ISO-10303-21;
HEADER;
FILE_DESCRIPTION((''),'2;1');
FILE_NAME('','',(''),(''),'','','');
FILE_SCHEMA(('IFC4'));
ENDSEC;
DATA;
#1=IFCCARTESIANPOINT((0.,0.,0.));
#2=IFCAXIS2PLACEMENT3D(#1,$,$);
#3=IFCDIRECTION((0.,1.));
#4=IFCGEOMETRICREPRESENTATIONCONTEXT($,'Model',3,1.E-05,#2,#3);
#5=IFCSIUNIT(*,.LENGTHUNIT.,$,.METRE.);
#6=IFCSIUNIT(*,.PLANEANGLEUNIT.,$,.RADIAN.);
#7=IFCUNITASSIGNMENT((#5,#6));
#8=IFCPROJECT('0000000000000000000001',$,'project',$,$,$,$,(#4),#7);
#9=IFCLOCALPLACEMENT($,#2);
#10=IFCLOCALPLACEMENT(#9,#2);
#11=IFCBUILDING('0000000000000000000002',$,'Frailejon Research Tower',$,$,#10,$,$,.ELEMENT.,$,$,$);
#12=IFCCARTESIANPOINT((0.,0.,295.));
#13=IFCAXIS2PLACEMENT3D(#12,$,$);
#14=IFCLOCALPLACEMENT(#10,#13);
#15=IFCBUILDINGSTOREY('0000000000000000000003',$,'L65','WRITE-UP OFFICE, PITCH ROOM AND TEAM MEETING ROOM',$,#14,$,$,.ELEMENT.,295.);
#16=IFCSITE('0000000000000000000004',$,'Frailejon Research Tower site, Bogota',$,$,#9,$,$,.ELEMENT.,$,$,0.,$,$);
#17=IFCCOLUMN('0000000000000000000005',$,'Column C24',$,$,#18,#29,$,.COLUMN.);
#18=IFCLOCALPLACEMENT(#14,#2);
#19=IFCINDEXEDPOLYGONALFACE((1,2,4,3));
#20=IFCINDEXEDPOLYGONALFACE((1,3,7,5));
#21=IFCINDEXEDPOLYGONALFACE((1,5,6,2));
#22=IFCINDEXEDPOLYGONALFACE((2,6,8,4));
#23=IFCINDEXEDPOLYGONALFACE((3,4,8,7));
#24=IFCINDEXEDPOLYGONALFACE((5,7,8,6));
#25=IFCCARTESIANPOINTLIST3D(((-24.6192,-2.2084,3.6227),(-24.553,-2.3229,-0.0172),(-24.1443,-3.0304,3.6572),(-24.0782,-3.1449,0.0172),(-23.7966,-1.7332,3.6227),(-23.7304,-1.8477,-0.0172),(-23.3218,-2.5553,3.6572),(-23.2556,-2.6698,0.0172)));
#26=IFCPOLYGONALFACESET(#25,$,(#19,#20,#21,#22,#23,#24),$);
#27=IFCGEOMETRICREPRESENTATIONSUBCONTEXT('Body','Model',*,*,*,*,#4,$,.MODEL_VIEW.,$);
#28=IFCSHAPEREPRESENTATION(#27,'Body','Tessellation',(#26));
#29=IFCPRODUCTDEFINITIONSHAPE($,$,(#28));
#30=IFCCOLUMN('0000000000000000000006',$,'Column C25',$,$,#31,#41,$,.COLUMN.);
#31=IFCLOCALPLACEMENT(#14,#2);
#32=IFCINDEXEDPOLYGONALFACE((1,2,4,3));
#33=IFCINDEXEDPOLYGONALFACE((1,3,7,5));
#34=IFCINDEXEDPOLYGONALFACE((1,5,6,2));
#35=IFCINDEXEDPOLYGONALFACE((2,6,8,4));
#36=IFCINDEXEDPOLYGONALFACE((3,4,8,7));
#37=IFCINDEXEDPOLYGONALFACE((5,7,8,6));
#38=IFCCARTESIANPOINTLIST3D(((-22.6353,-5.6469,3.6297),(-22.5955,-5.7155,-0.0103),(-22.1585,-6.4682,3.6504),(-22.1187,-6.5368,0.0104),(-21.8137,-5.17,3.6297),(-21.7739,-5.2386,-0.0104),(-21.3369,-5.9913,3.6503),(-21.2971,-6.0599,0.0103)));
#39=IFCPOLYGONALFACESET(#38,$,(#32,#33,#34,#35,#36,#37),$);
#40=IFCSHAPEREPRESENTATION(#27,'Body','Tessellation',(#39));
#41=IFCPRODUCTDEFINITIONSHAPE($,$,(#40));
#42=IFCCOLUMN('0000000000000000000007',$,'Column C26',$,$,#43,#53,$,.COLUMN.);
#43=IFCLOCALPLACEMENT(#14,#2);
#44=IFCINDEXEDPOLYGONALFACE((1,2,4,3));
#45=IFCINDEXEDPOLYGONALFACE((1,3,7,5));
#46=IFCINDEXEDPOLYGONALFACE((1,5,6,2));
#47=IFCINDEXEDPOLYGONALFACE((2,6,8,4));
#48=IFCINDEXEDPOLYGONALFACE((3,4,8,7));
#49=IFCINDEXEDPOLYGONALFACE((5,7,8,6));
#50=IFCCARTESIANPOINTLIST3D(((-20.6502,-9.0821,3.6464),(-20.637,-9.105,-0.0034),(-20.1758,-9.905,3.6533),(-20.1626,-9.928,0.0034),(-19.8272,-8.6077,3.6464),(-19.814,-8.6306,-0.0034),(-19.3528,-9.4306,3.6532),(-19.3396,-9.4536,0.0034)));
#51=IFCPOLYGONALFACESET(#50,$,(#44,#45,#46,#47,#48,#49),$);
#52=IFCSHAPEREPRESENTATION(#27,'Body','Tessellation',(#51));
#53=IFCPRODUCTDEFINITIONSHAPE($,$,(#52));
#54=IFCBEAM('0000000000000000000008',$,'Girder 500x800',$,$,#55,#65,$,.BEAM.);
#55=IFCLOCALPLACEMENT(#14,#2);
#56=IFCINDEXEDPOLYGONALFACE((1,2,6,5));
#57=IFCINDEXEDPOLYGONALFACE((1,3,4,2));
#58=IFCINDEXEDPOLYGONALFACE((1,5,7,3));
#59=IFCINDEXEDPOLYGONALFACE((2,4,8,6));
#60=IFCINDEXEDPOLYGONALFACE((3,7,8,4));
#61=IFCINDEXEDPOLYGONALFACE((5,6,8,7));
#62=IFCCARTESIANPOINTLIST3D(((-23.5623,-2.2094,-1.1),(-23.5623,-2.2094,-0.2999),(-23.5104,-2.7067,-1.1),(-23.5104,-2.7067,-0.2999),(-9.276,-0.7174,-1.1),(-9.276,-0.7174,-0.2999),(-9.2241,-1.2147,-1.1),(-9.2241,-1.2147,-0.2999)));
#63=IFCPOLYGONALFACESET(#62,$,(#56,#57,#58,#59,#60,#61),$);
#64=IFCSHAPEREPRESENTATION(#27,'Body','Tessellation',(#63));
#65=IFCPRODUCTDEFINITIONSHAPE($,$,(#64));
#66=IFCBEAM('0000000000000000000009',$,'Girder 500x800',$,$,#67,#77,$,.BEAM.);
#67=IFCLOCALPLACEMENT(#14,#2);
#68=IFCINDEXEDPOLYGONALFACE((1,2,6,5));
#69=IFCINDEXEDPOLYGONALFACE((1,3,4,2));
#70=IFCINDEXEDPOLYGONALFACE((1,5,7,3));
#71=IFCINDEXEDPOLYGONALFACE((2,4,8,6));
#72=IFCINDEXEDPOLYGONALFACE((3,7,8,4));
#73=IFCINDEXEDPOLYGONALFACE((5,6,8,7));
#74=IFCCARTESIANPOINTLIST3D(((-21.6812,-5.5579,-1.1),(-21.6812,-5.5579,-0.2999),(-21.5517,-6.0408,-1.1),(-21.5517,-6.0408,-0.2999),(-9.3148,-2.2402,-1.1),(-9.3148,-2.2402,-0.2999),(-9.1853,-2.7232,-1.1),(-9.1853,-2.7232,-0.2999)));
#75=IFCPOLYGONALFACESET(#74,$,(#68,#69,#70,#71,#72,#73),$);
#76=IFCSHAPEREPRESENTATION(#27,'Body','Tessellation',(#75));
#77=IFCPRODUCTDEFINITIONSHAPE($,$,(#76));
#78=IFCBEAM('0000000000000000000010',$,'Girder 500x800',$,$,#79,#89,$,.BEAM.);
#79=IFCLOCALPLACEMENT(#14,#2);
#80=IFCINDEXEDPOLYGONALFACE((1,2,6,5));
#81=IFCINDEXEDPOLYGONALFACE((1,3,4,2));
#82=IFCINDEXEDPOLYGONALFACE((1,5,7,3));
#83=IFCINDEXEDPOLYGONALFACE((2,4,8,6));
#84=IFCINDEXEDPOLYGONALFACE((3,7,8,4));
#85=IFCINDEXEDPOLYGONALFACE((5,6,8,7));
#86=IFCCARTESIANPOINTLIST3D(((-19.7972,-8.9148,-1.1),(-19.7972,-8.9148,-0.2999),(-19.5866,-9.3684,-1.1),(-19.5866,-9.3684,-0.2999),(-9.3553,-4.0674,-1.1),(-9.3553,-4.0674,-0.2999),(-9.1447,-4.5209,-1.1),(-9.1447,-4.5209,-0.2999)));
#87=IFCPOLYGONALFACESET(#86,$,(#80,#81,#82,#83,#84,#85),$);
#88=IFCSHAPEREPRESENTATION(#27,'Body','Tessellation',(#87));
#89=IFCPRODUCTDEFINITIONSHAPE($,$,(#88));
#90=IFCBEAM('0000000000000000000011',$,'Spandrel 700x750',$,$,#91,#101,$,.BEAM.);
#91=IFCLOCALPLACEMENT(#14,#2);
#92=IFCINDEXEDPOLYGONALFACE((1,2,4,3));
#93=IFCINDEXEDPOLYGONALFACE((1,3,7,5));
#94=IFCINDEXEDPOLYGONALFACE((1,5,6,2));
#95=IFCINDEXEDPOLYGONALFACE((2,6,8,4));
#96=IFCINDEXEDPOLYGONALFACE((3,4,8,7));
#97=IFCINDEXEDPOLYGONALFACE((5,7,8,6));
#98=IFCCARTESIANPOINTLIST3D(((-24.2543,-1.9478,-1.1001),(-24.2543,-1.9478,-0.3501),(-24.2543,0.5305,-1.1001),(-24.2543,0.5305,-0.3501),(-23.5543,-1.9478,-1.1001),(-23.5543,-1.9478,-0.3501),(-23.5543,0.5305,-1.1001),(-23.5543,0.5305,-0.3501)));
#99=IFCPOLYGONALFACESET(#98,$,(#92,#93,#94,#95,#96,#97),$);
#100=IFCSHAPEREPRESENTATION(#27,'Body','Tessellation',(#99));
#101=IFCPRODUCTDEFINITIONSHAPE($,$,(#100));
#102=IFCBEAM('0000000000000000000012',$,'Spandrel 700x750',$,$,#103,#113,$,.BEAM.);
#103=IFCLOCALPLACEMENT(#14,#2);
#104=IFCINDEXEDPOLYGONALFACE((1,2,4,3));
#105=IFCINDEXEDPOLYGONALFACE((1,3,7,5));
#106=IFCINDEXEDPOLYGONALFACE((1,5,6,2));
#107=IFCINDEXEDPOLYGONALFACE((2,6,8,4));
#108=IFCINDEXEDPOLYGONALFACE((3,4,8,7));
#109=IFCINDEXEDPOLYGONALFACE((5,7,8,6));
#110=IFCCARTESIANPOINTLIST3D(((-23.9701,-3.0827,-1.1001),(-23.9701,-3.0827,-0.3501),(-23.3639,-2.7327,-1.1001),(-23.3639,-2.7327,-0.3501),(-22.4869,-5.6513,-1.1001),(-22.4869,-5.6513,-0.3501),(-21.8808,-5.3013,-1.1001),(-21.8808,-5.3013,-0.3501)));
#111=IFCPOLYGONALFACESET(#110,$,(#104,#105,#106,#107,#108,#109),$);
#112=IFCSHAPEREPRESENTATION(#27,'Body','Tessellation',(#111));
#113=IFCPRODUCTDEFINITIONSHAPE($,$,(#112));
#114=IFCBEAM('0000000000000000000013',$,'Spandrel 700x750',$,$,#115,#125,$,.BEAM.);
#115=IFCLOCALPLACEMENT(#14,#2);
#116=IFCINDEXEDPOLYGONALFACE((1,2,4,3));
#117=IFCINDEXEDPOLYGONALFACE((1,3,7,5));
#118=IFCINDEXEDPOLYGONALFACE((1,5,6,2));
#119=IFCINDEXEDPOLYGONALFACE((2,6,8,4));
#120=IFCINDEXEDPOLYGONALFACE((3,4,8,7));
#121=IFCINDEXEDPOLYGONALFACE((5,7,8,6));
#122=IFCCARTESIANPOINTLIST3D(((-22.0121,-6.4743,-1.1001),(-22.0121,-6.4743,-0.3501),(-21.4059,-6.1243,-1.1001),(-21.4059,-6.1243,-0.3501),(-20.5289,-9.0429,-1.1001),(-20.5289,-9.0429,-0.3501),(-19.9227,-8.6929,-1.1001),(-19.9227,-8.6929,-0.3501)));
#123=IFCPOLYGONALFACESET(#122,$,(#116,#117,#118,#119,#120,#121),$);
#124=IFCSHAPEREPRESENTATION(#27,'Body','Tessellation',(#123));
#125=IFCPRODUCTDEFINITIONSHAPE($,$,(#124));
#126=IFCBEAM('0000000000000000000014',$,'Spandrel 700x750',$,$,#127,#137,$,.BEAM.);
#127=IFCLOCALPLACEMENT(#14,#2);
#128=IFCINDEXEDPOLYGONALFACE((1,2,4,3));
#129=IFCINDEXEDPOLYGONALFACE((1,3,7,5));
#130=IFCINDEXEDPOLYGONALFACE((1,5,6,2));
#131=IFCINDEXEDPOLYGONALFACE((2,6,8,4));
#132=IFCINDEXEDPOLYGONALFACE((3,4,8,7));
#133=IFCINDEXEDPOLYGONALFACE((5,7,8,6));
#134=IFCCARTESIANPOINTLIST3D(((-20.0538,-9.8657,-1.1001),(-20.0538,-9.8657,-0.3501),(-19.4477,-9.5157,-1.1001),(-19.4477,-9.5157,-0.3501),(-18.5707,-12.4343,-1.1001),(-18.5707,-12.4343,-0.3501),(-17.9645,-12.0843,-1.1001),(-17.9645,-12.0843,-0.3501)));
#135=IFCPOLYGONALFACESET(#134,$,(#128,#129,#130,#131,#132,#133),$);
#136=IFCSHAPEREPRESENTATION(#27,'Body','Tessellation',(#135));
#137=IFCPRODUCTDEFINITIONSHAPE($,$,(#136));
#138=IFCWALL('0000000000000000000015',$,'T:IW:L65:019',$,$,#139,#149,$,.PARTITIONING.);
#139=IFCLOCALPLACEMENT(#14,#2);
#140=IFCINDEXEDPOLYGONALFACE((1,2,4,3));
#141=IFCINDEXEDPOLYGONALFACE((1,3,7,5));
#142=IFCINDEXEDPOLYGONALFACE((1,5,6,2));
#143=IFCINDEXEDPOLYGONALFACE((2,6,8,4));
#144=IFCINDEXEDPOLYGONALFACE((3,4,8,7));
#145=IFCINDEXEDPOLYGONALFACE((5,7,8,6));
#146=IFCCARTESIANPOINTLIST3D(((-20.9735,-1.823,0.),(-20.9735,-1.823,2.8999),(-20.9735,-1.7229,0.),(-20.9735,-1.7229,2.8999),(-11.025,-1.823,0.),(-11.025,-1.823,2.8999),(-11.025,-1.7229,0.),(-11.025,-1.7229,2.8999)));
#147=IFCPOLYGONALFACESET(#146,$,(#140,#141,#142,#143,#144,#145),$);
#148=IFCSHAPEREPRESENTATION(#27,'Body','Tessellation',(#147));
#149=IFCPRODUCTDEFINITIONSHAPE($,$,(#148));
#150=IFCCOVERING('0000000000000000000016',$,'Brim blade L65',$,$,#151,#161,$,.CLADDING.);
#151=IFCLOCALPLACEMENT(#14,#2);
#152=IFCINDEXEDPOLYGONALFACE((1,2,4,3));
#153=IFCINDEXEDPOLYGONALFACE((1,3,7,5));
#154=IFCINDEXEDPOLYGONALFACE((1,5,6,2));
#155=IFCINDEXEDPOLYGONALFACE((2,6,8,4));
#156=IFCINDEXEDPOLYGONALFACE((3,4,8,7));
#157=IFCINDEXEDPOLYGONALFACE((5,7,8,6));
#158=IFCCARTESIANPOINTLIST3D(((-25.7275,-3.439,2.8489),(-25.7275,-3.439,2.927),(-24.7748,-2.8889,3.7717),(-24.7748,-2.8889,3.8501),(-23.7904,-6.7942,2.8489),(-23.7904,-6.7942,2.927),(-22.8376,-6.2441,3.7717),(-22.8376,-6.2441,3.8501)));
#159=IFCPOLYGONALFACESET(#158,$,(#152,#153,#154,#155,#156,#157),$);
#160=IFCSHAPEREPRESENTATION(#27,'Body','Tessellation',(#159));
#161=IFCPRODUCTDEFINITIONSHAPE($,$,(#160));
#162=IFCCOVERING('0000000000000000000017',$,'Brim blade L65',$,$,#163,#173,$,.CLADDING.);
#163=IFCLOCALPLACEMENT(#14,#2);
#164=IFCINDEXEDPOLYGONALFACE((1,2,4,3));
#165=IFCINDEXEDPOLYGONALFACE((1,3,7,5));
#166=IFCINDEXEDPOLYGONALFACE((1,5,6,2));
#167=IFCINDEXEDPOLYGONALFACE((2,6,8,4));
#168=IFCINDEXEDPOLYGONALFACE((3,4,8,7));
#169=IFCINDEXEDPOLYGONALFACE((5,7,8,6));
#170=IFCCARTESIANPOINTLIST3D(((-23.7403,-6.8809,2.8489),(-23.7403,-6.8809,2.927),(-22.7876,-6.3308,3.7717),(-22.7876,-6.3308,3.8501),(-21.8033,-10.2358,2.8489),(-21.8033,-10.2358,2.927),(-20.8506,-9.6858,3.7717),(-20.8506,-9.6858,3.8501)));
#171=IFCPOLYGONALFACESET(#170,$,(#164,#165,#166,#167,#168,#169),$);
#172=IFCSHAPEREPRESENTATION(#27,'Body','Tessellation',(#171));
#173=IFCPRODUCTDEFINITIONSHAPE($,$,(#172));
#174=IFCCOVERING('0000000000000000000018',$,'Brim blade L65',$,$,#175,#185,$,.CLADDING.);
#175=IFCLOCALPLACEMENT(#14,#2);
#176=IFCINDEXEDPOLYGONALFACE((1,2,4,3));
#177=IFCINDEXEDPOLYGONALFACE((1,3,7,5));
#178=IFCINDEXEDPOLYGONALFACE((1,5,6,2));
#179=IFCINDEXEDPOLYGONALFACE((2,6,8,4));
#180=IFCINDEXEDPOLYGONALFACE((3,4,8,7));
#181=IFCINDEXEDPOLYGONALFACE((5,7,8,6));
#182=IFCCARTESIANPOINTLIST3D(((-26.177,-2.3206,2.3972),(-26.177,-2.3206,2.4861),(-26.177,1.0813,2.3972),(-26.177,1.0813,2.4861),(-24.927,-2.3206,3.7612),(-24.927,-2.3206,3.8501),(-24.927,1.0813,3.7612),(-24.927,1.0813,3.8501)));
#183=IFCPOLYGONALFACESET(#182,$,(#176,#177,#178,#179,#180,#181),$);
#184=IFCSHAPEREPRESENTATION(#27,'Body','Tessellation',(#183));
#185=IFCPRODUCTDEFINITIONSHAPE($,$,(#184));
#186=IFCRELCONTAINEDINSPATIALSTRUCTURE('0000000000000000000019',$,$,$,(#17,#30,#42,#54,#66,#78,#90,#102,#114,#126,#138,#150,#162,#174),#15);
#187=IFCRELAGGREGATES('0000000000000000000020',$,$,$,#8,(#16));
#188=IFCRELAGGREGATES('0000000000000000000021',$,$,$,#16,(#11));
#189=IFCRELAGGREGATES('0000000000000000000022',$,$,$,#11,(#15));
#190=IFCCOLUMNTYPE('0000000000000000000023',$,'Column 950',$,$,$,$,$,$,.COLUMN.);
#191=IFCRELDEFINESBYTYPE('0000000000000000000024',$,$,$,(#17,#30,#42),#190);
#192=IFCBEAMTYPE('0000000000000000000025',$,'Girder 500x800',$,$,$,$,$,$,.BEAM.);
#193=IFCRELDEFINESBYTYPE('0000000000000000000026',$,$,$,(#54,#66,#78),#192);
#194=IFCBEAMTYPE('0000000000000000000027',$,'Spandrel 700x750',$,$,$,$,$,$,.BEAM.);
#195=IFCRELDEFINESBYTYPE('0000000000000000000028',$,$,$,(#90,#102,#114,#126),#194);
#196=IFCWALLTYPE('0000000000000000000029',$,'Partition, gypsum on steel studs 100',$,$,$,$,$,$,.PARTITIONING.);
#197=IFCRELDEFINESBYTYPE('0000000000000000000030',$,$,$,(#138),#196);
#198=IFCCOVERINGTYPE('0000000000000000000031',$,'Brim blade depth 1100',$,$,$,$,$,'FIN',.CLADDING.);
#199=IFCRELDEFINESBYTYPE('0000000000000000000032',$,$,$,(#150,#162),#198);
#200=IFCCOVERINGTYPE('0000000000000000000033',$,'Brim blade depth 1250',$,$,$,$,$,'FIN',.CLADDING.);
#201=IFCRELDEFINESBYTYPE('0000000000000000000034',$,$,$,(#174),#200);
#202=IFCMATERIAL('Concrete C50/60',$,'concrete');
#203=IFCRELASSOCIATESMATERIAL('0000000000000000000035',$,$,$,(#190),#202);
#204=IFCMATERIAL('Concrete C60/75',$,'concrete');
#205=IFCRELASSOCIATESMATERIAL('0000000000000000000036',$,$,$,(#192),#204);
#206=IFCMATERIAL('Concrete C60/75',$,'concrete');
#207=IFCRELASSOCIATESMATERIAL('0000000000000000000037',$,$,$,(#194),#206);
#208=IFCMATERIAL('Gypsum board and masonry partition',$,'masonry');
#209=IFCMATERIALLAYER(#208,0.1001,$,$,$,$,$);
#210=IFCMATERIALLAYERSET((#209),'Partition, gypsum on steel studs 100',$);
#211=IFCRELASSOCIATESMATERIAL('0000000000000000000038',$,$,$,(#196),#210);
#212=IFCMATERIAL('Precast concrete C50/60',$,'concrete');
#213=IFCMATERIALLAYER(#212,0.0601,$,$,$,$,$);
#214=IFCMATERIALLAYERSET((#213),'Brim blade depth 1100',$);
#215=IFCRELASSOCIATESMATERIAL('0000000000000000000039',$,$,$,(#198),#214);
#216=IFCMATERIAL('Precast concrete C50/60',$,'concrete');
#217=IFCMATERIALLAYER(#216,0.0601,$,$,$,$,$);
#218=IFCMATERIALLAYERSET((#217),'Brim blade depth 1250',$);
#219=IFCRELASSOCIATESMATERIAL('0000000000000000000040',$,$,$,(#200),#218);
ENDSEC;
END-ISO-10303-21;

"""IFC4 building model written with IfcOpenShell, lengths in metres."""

from ifc_helpers import new_model, si_unit, direction, frame, frame_2d, origin, origin_2d, place, context, subcontext, project, spatial, polyline, rectangle, outline, extrude, material, layer, layer_set, material_profile, profile_set, type_object, element, save


model = new_model("IFC4")

# Units and contexts
model_context = context("Model", 3, precision=1e-05, world=origin(), true_north=direction((0.0, 1.0)))
body_context = subcontext(model_context, "Body", "Model", "MODEL_VIEW")
ifc_project = project(units=[si_unit("LENGTHUNIT", "METRE"), si_unit("PLANEANGLEUNIT", "RADIAN")], contexts=[model_context])

# Site, building, storey
site_placement = place(None, origin())
site = spatial("IfcSite", under=ifc_project, at=site_placement, Name="Frailejon Research Tower site, Bogota", CompositionType="ELEMENT", RefElevation=0.0)
building_placement = place(site_placement, origin())
building = spatial("IfcBuilding", under=site, at=building_placement, Name="Frailejon Research Tower", CompositionType="ELEMENT")
storey_placement = place(building_placement, frame((0.0, 0.0, 295.0)))
storey = spatial("IfcBuildingStorey", under=building, at=storey_placement, Name="L65", Description="WRITE-UP OFFICE, PITCH ROOM AND TEAM MEETING ROOM", CompositionType="ELEMENT", Elevation=295.0)

# Columns
ifc_material_1 = material(Name="Concrete C50/60", Category="concrete")
ifc_material_profile_1 = material_profile(ifc_material_1, rectangle(XDim=0.95, YDim=0.95, at=origin_2d()), Name="Column 950")
ifc_profile_set_1 = profile_set([ifc_material_profile_1], Name="Concrete C50/60")
column_type = type_object("IfcColumnType", Name="Column 950", PredefinedType="COLUMN", material=ifc_profile_set_1)
column_1_placement = place(storey_placement, frame((-23.9043, -2.4963, 0.0), z_axis=(-0.018165, 0.031437, 0.999341), x_axis=(0.499838, -0.865358, 0.036308)))
element("IfcColumn", 1, at=column_1_placement, inside=storey, type_object=column_type, Name="Column C24", PredefinedType="COLUMN", context=body_context, shape_type="SweptSolid", body=[
    extrude(rectangle(XDim=0.95, YDim=0.95, at=origin_2d()), origin(), (0.0, 0.0, 1.0), 3.6423),
])
column_2_placement = place(storey_placement, frame((-21.9463, -5.8877, 0.0), z_axis=(-0.01093, 0.018843, 0.999763), x_axis=(0.501923, -0.864638, 0.021784)))
element("IfcColumn", 2, at=column_2_placement, inside=storey, type_object=column_type, Name="Column C25", PredefinedType="COLUMN", context=body_context, shape_type="SweptSolid", body=[
    extrude(rectangle(XDim=0.95, YDim=0.95, at=origin_2d()), origin(), (0.0, 0.0, 1.0), 3.6409),
])
column_3_placement = place(storey_placement, frame((-19.9883, -9.2793, 0.0), z_axis=(-0.003612, 0.006287, 0.999974), x_axis=(0.499382, -0.866352, 0.007251)))
element("IfcColumn", 3, at=column_3_placement, inside=storey, type_object=column_type, Name="Column C26", PredefinedType="COLUMN", context=body_context, shape_type="SweptSolid", body=[
    extrude(rectangle(XDim=0.95, YDim=0.95, at=origin_2d()), origin(), (0.0, 0.0, 1.0), 3.6499),
])

# Beams
ifc_material_2 = material(Name="Concrete C60/75", Category="concrete")
ifc_material_profile_2 = material_profile(ifc_material_2, rectangle(XDim=0.5, YDim=0.8, at=origin_2d()), Name="Girder 500x800")
ifc_profile_set_2 = profile_set([ifc_material_profile_2], Name="Concrete C60/75")
beam_type_1 = type_object("IfcBeamType", Name="Girder 500x800", PredefinedType="BEAM", material=ifc_profile_set_2)
beam_1_placement = place(storey_placement, frame((-23.5364, -2.458, -0.7), z_axis=(0.994591, 0.103866, 0.0), x_axis=(-0.103866, 0.994591, 0.0)))
element("IfcBeam", 4, at=beam_1_placement, inside=storey, type_object=beam_type_1, Name="Girder 500x800", PredefinedType="BEAM", context=body_context, shape_type="SweptSolid", body=[
    extrude(rectangle(XDim=0.5, YDim=0.8, at=origin_2d()), origin(), (0.0, 0.0, 1.0), 14.364),
])
beam_2_placement = place(storey_placement, frame((-21.6165, -5.7993, -0.7), z_axis=(0.965847, 0.259114, 0.0), x_axis=(-0.259114, 0.965847, 0.0)))
element("IfcBeam", 5, at=beam_2_placement, inside=storey, type_object=beam_type_1, Name="Girder 500x800", PredefinedType="BEAM", context=body_context, shape_type="SweptSolid", body=[
    extrude(rectangle(XDim=0.5, YDim=0.8, at=origin_2d()), origin(), (0.0, 0.0, 1.0), 12.8037),
])
beam_3_placement = place(storey_placement, frame((-19.6919, -9.1416, -0.7), z_axis=(0.907029, 0.421068, 0.0), x_axis=(-0.421068, 0.907029, 0.0)))
element("IfcBeam", 6, at=beam_3_placement, inside=storey, type_object=beam_type_1, Name="Girder 500x800", PredefinedType="BEAM", context=body_context, shape_type="SweptSolid", body=[
    extrude(rectangle(XDim=0.5, YDim=0.8, at=origin_2d()), origin(), (0.0, 0.0, 1.0), 11.5122),
])
ifc_material_3 = material(Name="Concrete C60/75", Category="concrete")
ifc_material_profile_3 = material_profile(ifc_material_3, rectangle(XDim=0.7, YDim=0.75, at=origin_2d()), Name="Spandrel 700x750")
ifc_profile_set_3 = profile_set([ifc_material_profile_3], Name="Concrete C60/75")
beam_type_2 = type_object("IfcBeamType", Name="Spandrel 700x750", PredefinedType="BEAM", material=ifc_profile_set_3)
beam_4_placement = place(storey_placement, frame((-23.9043, 0.5305, -0.7251), z_axis=(0.0, -1.0, 0.0), x_axis=(1.0, 0.0, 0.0)))
element("IfcBeam", 7, at=beam_4_placement, inside=storey, type_object=beam_type_2, Name="Spandrel 700x750", PredefinedType="BEAM", context=body_context, shape_type="SweptSolid", body=[
    extrude(rectangle(XDim=0.7, YDim=0.75, at=origin_2d()), origin(), (0.0, 0.0, 1.0), 2.4783),
])
for number, where, z_axis, x_axis, name in (
    (8, (-23.667, -2.9077, -0.7251), (0.500043, -0.866001, 0.0), (0.866001, 0.500043, 0.0), "Spandrel 700x750"),
    (9, (-21.709, -6.2993, -0.7251), (0.500043, -0.866001, 0.0), (0.866001, 0.500043, 0.0), "Spandrel 700x750"),
    (10, (-19.7507, -9.6907, -0.7251), (0.500043, -0.866001, 0.0), (0.866001, 0.500043, 0.0), "Spandrel 700x750"),
):
    element("IfcBeam", number, at=place(storey_placement, frame(where, z_axis=z_axis, x_axis=x_axis)), inside=storey, type_object=beam_type_2, Name=name, PredefinedType="BEAM", context=body_context, shape_type="SweptSolid", body=[
        extrude(rectangle(XDim=0.7, YDim=0.75, at=origin_2d()), origin(), (0.0, 0.0, 1.0), 2.9661),
    ])

# Wall
ifc_material_4 = material(Name="Gypsum board and masonry partition", Category="masonry")
ifc_layer_1 = layer(ifc_material_4, 0.1001)
ifc_layer_set_1 = layer_set([ifc_layer_1], Name="Partition, gypsum on steel studs 100")
wall_type_1 = type_object("IfcWallType", Name="Partition, gypsum on steel studs 100", PredefinedType="PARTITIONING", material=ifc_layer_set_1)
wall_1_placement = place(storey_placement, frame((-20.9734, -1.7729, 0.0), z_axis=(0.0, 0.0, 1.0), x_axis=(1.0, 0.0, 0.0)))
element("IfcWall", 11, at=wall_1_placement, inside=storey, type_object=wall_type_1, Name="T:IW:L65:019", PredefinedType="PARTITIONING", context=body_context, shape_type="SweptSolid", body=[
    extrude(rectangle(XDim=9.9485, YDim=0.1001, at=frame_2d((4.9741, 0.0))), origin(), (0.0, 0.0, 1.0), 2.8999),
])

# Coverings
ifc_material_5 = material(Name="Precast concrete C50/60", Category="concrete")
ifc_layer_2 = layer(ifc_material_5, 0.0601)
ifc_layer_set_2 = layer_set([ifc_layer_2], Name="Brim blade depth 1100")
covering_type_1 = type_object("IfcCoveringType", Name="Brim blade depth 1100", ElementType="FIN", PredefinedType="CLADDING", material=ifc_layer_set_2)
covering_1_placement = place(storey_placement, frame((-22.8376, -6.2441, 3.8501), z_axis=(-0.499995, 0.866028, 0.0), x_axis=(-0.866028, -0.499995, 0.0)))
element("IfcCovering", 12, at=covering_1_placement, inside=storey, type_object=covering_type_1, Name="Brim blade L65", PredefinedType="CLADDING", context=body_context, shape_type="SweptSolid", body=[
    extrude(outline(polyline([(0.0, -0.0784), (1.1001, -1.0012), (1.1001, -0.9231), (0.0, 0.0), (0.0, -0.0784)])), origin(), (0.0, 0.0, 1.0), 3.8743),
])
covering_2_placement = place(storey_placement, frame((-20.8506, -9.6858, 3.8501), z_axis=(-0.500006, 0.866022, 0.0), x_axis=(-0.866022, -0.500006, 0.0)))
element("IfcCovering", 13, at=covering_2_placement, inside=storey, type_object=covering_type_1, Name="Brim blade L65", PredefinedType="CLADDING", context=body_context, shape_type="SweptSolid", body=[
    extrude(outline(polyline([(0.0, -0.0784), (1.1001, -1.0012), (1.1001, -0.9231), (0.0, 0.0), (0.0, -0.0784)])), origin(), (0.0, 0.0, 1.0), 3.874),
])
ifc_material_6 = material(Name="Precast concrete C50/60", Category="concrete")
ifc_layer_3 = layer(ifc_material_6, 0.0601)
ifc_layer_set_3 = layer_set([ifc_layer_3], Name="Brim blade depth 1250")
covering_type_2 = type_object("IfcCoveringType", Name="Brim blade depth 1250", ElementType="FIN", PredefinedType="CLADDING", material=ifc_layer_set_3)
covering_3_placement = place(storey_placement, frame((-24.927, -2.3206, 3.8501), z_axis=(0.0, 1.0, 0.0), x_axis=(-1.0, 0.0, 0.0)))
element("IfcCovering", 14, at=covering_3_placement, inside=storey, type_object=covering_type_2, Name="Brim blade L65", PredefinedType="CLADDING", context=body_context, shape_type="SweptSolid", body=[
    extrude(outline(polyline([(0.0, -0.0889), (1.25, -1.4529), (1.25, -1.364), (0.0, 0.0), (0.0, -0.0889)])), origin(), (0.0, 0.0, 1.0), 3.4019),
])

save(model, "model.ifc")
